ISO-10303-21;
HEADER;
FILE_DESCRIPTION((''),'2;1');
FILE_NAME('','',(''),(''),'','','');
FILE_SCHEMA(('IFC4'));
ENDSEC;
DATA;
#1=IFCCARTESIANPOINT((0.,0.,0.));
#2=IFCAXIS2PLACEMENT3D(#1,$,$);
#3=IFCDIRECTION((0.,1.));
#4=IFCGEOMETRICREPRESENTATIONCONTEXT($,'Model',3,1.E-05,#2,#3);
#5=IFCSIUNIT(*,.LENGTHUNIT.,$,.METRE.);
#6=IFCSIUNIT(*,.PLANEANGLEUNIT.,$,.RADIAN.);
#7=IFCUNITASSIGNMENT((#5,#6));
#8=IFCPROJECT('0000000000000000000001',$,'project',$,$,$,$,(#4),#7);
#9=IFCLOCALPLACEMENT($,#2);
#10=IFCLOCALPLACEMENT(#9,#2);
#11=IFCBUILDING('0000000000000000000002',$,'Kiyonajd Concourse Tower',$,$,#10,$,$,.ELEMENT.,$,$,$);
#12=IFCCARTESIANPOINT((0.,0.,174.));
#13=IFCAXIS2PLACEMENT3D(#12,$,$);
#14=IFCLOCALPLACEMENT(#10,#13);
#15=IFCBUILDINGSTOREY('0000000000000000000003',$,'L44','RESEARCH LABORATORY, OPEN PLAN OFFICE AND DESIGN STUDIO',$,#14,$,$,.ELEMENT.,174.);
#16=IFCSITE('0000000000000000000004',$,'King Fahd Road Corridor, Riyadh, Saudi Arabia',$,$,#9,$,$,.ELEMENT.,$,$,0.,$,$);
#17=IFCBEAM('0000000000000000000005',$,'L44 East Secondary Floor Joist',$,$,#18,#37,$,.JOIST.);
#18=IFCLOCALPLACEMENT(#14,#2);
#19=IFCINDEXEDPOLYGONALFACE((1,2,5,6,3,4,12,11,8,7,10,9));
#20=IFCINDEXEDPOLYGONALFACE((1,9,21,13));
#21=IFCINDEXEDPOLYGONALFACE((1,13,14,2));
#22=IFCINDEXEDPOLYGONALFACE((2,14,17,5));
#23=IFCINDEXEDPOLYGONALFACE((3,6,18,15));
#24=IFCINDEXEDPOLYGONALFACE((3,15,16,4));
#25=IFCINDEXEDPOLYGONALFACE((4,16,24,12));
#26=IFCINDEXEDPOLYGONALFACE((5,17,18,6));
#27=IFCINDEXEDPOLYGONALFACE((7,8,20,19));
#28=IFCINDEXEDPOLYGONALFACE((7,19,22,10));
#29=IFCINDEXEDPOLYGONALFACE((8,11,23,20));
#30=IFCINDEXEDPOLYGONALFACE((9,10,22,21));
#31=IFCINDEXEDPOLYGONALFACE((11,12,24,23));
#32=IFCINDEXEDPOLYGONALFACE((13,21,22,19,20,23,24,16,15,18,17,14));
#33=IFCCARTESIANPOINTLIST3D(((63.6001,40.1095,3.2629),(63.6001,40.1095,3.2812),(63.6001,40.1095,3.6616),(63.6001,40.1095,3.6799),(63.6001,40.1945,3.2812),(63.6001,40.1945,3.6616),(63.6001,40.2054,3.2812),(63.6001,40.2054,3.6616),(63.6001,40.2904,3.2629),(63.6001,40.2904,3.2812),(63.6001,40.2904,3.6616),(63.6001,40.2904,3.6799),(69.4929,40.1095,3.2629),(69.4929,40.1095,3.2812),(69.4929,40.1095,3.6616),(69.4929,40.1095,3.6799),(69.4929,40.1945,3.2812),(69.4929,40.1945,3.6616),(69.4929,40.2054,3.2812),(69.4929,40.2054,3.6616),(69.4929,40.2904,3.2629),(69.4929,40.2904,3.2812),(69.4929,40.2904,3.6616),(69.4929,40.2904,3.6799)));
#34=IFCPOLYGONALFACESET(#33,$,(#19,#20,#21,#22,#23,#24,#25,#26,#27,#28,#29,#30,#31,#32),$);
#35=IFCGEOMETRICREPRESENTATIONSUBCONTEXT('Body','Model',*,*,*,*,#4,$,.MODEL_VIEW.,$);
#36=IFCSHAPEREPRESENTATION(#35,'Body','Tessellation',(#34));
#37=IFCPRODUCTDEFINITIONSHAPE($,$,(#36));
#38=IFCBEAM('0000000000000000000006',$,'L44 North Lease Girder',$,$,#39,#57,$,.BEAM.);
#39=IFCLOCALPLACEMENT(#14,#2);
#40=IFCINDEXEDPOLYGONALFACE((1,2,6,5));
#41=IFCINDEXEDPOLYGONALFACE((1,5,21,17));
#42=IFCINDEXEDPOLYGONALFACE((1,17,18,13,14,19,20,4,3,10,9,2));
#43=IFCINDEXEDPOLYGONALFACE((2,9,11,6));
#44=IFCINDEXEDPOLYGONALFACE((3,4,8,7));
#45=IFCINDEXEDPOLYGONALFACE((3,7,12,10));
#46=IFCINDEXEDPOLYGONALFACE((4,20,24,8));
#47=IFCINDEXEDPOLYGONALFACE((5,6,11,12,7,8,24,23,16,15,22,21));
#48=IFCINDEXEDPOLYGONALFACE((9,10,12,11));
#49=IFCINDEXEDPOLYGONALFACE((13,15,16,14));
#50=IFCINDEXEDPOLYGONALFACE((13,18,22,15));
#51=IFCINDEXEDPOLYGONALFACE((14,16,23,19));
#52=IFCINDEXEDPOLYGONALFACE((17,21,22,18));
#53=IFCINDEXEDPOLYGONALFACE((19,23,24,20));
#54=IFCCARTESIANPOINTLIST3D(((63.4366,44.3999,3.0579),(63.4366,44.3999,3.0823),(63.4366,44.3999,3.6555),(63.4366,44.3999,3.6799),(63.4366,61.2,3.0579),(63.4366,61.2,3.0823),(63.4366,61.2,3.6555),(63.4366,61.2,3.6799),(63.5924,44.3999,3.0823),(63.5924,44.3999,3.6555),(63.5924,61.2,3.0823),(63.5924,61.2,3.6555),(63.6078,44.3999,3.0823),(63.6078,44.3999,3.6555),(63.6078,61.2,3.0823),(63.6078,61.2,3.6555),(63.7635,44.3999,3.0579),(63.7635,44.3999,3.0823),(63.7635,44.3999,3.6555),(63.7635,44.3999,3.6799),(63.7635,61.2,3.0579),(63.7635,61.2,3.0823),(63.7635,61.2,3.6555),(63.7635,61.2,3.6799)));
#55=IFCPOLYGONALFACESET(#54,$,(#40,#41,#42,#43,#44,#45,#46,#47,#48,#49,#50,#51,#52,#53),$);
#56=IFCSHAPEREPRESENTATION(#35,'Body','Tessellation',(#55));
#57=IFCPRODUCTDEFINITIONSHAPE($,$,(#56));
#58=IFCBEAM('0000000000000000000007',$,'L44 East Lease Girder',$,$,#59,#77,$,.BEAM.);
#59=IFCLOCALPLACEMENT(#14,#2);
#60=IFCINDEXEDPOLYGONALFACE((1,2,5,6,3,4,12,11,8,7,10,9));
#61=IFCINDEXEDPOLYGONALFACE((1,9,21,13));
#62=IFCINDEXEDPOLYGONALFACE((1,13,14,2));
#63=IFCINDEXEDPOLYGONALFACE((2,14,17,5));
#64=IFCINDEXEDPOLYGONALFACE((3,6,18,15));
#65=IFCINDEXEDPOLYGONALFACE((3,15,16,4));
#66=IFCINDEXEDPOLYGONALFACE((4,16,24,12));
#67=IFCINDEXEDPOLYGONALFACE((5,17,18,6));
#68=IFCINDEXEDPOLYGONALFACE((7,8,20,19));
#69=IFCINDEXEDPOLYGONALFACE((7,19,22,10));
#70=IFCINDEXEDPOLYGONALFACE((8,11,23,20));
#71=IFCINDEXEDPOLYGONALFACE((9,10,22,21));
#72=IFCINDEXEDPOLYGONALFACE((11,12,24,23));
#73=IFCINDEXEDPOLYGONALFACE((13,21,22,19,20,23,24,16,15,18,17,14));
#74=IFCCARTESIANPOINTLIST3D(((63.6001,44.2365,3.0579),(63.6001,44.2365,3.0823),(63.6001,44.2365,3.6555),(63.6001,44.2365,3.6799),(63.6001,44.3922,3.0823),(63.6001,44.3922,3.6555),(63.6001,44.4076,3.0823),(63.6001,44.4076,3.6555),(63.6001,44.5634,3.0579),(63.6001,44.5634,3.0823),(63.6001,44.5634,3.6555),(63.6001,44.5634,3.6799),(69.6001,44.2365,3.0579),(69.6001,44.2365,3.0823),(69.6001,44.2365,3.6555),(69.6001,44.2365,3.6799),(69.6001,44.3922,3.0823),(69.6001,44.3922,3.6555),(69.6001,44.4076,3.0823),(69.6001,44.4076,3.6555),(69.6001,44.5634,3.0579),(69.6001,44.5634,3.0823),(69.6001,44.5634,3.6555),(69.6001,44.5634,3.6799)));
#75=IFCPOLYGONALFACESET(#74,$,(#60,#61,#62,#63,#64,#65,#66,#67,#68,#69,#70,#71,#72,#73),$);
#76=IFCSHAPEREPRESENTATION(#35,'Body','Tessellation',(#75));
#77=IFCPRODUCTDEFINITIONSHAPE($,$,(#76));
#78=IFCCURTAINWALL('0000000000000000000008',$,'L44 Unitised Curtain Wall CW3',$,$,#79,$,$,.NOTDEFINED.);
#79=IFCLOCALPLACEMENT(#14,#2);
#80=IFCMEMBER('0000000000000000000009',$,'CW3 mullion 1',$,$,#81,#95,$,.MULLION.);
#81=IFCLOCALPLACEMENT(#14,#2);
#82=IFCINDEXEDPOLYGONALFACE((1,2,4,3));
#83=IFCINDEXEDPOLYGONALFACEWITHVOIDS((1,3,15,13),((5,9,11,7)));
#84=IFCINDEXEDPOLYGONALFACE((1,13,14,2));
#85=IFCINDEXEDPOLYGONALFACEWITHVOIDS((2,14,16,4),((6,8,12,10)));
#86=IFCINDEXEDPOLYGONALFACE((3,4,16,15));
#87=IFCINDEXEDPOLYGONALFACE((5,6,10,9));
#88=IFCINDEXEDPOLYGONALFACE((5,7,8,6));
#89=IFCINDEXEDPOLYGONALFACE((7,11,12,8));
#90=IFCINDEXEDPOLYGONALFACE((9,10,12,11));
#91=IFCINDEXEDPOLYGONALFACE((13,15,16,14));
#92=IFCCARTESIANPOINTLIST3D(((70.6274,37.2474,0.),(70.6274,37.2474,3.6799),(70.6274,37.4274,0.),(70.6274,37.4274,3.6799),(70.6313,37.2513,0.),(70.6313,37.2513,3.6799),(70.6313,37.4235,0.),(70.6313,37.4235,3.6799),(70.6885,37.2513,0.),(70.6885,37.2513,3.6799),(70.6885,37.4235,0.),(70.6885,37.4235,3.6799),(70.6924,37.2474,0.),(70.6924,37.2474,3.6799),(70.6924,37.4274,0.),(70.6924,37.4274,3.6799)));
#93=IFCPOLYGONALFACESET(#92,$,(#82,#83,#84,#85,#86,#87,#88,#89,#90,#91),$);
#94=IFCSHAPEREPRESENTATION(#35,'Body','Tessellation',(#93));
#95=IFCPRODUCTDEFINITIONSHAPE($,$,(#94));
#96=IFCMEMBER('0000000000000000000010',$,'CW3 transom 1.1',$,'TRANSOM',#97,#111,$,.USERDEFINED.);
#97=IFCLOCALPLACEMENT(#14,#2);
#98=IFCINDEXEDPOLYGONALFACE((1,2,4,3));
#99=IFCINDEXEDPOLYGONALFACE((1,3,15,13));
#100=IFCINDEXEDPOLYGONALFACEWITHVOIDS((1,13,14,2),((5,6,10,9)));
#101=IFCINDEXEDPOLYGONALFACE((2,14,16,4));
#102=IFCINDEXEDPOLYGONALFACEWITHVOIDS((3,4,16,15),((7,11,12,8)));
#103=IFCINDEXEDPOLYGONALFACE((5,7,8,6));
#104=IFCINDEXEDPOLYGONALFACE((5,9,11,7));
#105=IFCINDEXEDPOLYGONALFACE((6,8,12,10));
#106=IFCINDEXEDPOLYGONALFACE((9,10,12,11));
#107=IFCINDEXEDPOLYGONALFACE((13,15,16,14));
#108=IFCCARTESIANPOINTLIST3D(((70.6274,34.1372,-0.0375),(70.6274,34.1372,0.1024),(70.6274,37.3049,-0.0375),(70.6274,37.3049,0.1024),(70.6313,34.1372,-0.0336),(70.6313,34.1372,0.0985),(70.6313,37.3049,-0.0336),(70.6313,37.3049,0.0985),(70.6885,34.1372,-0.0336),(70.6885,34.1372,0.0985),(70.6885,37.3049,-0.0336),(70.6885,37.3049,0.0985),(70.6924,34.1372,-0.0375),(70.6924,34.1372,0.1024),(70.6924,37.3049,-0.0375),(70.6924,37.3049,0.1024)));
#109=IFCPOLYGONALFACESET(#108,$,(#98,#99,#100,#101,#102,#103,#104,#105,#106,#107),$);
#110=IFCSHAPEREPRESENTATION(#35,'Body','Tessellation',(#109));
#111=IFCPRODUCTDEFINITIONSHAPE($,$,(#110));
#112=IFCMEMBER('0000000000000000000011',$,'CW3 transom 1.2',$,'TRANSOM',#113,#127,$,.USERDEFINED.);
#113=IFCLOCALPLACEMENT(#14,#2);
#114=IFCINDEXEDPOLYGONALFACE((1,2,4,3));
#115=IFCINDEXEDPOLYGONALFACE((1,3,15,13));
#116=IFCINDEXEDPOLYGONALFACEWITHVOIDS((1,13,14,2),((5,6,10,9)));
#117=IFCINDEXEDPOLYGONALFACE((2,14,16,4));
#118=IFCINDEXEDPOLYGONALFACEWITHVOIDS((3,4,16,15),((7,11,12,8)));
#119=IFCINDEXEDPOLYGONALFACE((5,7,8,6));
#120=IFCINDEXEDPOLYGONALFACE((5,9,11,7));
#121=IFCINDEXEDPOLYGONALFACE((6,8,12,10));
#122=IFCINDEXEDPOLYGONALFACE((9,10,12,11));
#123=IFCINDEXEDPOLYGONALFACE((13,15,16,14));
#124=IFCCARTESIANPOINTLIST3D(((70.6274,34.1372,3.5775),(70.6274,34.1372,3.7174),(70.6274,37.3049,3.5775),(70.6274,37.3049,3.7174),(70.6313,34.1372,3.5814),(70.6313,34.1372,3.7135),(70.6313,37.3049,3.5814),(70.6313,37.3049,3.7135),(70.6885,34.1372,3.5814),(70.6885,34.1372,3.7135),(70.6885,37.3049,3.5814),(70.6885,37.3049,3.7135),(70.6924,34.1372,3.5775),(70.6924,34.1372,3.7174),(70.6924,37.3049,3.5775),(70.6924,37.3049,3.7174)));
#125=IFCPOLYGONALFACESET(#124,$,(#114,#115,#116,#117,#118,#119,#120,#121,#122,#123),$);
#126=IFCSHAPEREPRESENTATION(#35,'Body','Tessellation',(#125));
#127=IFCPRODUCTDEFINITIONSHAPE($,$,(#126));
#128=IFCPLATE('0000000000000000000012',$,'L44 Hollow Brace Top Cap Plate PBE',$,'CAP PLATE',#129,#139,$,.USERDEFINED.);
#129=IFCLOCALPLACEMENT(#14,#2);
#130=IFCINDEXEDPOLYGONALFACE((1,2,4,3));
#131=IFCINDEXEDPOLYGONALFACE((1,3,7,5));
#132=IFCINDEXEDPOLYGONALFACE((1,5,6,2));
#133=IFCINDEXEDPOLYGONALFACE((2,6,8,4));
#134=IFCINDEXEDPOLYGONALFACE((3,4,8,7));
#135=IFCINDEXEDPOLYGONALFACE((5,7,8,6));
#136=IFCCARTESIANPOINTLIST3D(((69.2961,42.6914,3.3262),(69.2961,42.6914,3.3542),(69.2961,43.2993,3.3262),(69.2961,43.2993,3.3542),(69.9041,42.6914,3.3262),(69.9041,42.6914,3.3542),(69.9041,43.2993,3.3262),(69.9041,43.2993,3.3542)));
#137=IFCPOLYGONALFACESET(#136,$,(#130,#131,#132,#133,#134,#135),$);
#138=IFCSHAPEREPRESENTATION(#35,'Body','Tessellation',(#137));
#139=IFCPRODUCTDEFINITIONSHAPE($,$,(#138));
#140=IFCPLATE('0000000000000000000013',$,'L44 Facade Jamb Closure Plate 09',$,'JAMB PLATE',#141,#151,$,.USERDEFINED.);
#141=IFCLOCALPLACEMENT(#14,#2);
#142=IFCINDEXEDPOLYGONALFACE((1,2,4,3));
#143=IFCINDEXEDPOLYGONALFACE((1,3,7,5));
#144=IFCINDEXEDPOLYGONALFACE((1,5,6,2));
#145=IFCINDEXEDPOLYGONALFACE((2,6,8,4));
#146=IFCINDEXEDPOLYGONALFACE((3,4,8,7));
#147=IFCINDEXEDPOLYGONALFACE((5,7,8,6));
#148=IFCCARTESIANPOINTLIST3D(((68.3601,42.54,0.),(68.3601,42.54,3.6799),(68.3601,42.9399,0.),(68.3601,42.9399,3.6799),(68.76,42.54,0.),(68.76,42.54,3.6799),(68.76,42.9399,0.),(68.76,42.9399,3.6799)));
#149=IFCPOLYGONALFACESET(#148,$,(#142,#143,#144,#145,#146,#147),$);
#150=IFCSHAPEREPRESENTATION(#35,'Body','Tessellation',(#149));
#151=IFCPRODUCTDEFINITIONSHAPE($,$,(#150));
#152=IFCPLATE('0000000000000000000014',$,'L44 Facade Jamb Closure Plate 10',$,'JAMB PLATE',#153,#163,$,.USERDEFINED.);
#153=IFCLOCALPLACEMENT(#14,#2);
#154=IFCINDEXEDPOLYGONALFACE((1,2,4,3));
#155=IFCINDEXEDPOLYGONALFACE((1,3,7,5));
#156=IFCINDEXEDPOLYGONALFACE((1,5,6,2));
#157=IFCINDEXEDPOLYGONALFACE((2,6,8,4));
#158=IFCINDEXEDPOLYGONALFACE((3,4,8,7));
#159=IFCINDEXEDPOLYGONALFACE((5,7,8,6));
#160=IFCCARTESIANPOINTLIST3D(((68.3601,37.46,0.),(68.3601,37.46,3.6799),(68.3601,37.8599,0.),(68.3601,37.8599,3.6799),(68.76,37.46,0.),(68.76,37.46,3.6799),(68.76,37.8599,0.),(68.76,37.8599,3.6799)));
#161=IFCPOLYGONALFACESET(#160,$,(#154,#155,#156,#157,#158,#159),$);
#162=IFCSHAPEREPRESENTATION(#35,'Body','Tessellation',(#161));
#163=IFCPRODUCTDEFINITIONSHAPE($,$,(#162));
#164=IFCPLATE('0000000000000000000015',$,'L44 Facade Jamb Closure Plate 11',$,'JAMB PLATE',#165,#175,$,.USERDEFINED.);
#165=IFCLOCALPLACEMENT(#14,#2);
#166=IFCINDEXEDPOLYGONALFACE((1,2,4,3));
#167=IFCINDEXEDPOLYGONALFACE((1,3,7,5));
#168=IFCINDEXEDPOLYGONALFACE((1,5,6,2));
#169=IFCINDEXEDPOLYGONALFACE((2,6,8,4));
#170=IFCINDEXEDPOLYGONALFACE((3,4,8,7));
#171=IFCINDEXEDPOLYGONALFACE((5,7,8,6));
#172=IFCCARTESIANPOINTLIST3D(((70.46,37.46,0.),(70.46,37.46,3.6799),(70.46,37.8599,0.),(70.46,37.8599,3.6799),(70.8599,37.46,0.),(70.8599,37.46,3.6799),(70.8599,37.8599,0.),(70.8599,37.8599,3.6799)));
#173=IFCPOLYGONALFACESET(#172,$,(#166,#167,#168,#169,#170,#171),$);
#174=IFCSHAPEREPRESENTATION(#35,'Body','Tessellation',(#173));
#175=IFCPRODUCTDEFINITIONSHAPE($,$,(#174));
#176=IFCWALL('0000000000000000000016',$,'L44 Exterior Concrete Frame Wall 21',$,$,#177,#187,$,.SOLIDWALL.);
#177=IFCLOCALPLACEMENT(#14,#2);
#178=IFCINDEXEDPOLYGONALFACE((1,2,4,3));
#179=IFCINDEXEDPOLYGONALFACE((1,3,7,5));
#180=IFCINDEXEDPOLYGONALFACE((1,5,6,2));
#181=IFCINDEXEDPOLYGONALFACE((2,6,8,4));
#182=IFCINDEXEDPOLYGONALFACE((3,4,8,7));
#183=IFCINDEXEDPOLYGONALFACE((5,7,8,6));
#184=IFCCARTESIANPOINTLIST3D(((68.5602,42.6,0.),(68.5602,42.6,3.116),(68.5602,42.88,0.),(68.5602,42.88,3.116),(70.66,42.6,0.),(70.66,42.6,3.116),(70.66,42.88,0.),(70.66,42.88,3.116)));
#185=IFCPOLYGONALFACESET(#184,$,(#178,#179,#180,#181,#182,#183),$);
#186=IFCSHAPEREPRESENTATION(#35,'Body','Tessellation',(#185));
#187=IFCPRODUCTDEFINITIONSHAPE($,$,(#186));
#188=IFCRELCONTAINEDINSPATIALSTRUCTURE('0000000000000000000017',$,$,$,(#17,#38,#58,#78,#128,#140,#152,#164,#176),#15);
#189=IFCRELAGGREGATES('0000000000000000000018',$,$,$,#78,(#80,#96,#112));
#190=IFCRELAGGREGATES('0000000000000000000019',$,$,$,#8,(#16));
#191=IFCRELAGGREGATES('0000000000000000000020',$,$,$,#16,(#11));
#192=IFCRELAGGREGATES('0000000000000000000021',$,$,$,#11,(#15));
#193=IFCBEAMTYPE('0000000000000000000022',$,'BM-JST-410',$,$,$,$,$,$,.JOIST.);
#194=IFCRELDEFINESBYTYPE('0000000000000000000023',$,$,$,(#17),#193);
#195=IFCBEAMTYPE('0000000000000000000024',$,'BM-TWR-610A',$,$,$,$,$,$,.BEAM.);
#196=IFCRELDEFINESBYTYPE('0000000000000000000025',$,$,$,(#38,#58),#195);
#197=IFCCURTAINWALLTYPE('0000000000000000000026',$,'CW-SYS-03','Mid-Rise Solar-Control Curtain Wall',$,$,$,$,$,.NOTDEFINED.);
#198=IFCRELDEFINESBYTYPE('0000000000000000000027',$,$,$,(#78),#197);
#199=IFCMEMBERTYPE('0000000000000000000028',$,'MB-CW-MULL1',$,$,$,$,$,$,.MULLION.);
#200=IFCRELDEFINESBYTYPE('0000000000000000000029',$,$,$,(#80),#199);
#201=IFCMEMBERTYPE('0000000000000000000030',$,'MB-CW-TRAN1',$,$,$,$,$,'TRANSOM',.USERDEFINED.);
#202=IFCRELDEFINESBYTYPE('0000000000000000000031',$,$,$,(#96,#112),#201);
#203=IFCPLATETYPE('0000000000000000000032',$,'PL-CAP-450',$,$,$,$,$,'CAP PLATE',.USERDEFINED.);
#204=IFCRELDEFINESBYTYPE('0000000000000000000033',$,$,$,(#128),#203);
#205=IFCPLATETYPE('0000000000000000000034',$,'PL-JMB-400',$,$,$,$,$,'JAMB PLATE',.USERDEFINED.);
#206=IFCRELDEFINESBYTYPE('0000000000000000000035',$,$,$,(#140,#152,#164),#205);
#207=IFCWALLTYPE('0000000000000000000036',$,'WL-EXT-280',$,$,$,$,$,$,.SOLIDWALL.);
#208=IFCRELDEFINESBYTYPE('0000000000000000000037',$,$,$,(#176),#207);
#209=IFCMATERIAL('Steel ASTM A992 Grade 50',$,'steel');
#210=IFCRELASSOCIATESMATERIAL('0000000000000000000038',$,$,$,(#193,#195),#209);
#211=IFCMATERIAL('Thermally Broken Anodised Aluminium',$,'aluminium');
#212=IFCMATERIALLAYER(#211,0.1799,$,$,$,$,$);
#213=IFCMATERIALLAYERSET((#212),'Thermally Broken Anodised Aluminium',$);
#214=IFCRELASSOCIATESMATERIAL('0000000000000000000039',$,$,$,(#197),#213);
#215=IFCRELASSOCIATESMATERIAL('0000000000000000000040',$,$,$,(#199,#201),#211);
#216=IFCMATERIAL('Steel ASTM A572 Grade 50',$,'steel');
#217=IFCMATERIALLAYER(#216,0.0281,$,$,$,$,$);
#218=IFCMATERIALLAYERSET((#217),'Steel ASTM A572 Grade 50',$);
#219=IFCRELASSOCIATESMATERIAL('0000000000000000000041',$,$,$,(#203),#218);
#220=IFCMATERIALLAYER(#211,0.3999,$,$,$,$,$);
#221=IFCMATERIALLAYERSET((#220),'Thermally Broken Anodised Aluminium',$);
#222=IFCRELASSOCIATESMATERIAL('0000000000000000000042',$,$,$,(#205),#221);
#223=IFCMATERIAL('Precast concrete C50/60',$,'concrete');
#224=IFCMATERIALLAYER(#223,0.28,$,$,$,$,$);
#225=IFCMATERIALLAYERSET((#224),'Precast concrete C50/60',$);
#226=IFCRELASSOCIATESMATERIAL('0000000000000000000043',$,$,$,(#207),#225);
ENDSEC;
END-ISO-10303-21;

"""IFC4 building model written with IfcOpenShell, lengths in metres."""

from ifc_helpers import new_model, si_unit, direction, frame, frame_2d, origin, origin_2d, place, context, subcontext, project, spatial, rectangle, hollow_rectangle, i_section, extrude, material, layer, layer_set, material_profile, profile_set, type_object, element, aggregate, save


model = new_model("IFC4")

# Units and contexts
model_context = context("Model", 3, precision=1e-05, world=origin(), true_north=direction((0.0, 1.0)))
body_context = subcontext(model_context, "Body", "Model", "MODEL_VIEW")
ifc_project = project(units=[si_unit("LENGTHUNIT", "METRE"), si_unit("PLANEANGLEUNIT", "RADIAN")], contexts=[model_context])

# Site, building, storey
site_placement = place(None, origin())
site = spatial("IfcSite", under=ifc_project, at=site_placement, Name="King Fahd Road Corridor, Riyadh, Saudi Arabia", CompositionType="ELEMENT", RefElevation=0.0)
building_placement = place(site_placement, origin())
building = spatial("IfcBuilding", under=site, at=building_placement, Name="Kiyonajd Concourse Tower", CompositionType="ELEMENT")
storey_placement = place(building_placement, frame((0.0, 0.0, 174.0)))
storey = spatial("IfcBuildingStorey", under=building, at=storey_placement, Name="L44", Description="RESEARCH LABORATORY, OPEN PLAN OFFICE AND DESIGN STUDIO", CompositionType="ELEMENT", Elevation=174.0)

# Beams
ifc_material_1 = material(Name="Steel ASTM A992 Grade 50", Category="steel")
ifc_material_profile_1 = material_profile(ifc_material_1, i_section(OverallWidth=0.1809, OverallDepth=0.417, WebThickness=0.011, FlangeThickness=0.0183, at=origin_2d()), Name="W410X85")
ifc_profile_set_1 = profile_set([ifc_material_profile_1], Name="Steel ASTM A992 Grade 50")
beam_type_1 = type_object("IfcBeamType", Name="BM-JST-410", PredefinedType="JOIST", material=ifc_profile_set_1)
beam_1_placement = place(storey_placement, frame((63.6001, 40.2, 3.4714), z_axis=(1.0, 0.0, 0.0), x_axis=(0.0, 1.0, 0.0)))
element("IfcBeam", 1, at=beam_1_placement, inside=storey, type_object=beam_type_1, Name="L44 East Secondary Floor Joist", PredefinedType="JOIST", context=body_context, shape_type="SweptSolid", body=[
    extrude(i_section(OverallWidth=0.1809, OverallDepth=0.417, WebThickness=0.011, FlangeThickness=0.0183, at=origin_2d()), origin(), (0.0, 0.0, 1.0), 5.8928),
])
ifc_material_profile_2 = material_profile(ifc_material_1, i_section(OverallWidth=0.3269, OverallDepth=0.6221, WebThickness=0.0154, FlangeThickness=0.0244, at=origin_2d()), Name="W610X195")
ifc_profile_set_2 = profile_set([ifc_material_profile_2], Name="Steel ASTM A992 Grade 50")
beam_type_2 = type_object("IfcBeamType", Name="BM-TWR-610A", PredefinedType="BEAM", material=ifc_profile_set_2)
beam_2_placement = place(storey_placement, frame((63.6001, 44.3999, 3.3689), z_axis=(0.0, 1.0, 0.0), x_axis=(-1.0, 0.0, 0.0)))
element("IfcBeam", 2, at=beam_2_placement, inside=storey, type_object=beam_type_2, Name="L44 North Lease Girder", PredefinedType="BEAM", context=body_context, shape_type="SweptSolid", body=[
    extrude(i_section(OverallWidth=0.3269, OverallDepth=0.6221, WebThickness=0.0154, FlangeThickness=0.0244, at=origin_2d()), origin(), (0.0, 0.0, 1.0), 16.8),
])
beam_3_placement = place(storey_placement, frame((63.6001, 44.3999, 3.3689), z_axis=(1.0, 0.0, 0.0), x_axis=(0.0, 1.0, 0.0)))
element("IfcBeam", 3, at=beam_3_placement, inside=storey, type_object=beam_type_2, Name="L44 East Lease Girder", PredefinedType="BEAM", context=body_context, shape_type="SweptSolid", body=[
    extrude(i_section(OverallWidth=0.3269, OverallDepth=0.6221, WebThickness=0.0154, FlangeThickness=0.0244, at=origin_2d()), origin(), (0.0, 0.0, 1.0), 6.0),
])

# Curtain wall, members
ifc_material_2 = material(Name="Thermally Broken Anodised Aluminium", Category="aluminium")
ifc_layer_1 = layer(ifc_material_2, 0.1799)
ifc_layer_set_1 = layer_set([ifc_layer_1], Name="Thermally Broken Anodised Aluminium")
curtain_wall_type = type_object("IfcCurtainWallType", Name="CW-SYS-03", Description="Mid-Rise Solar-Control Curtain Wall", PredefinedType="NOTDEFINED", material=ifc_layer_set_1)
curtain_wall_placement = place(storey_placement, origin())
curtain_wall = element("IfcCurtainWall", 4, at=curtain_wall_placement, inside=storey, type_object=curtain_wall_type, Name="L44 Unitised Curtain Wall CW3", PredefinedType="NOTDEFINED")
ifc_material_profile_3 = material_profile(ifc_material_2, hollow_rectangle(XDim=0.0649, YDim=0.1799, WallThickness=0.0039, at=origin_2d()), Name="MULL-65x180")
ifc_profile_set_3 = profile_set([ifc_material_profile_3], Name="Thermally Broken Anodised Aluminium")
member_type_1 = type_object("IfcMemberType", Name="MB-CW-MULL1", PredefinedType="MULLION", material=ifc_profile_set_3)
member_1_placement = place(storey_placement, frame((70.6599, 37.3374, 0.0), z_axis=(0.0, 0.0, 1.0), x_axis=(1.0, 0.0, 0.0)))
member_1 = element("IfcMember", 5, at=member_1_placement, type_object=member_type_1, Name="CW3 mullion 1", PredefinedType="MULLION", context=body_context, shape_type="SweptSolid", body=[
    extrude(hollow_rectangle(XDim=0.0649, YDim=0.1799, WallThickness=0.0039, at=origin_2d()), origin(), (0.0, 0.0, 1.0), 3.6799),
])
ifc_material_profile_4 = material_profile(ifc_material_2, hollow_rectangle(XDim=0.0649, YDim=0.1399, WallThickness=0.0039, at=origin_2d()), Name="TRAN-65x140")
ifc_profile_set_4 = profile_set([ifc_material_profile_4], Name="Thermally Broken Anodised Aluminium")
member_type_2 = type_object("IfcMemberType", Name="MB-CW-TRAN1", ElementType="TRANSOM", PredefinedType="USERDEFINED", material=ifc_profile_set_4)
member_2_placement = place(storey_placement, frame((70.6599, 37.3049, 0.0325), z_axis=(0.0, -1.0, 0.0), x_axis=(1.0, 0.0, 0.0)))
member_2 = element("IfcMember", 6, at=member_2_placement, type_object=member_type_2, Name="CW3 transom 1.1", ObjectType="TRANSOM", PredefinedType="USERDEFINED", context=body_context, shape_type="SweptSolid", body=[
    extrude(hollow_rectangle(XDim=0.0649, YDim=0.1399, WallThickness=0.0039, at=origin_2d()), origin(), (0.0, 0.0, 1.0), 3.1677),
])
member_3_placement = place(storey_placement, frame((70.6599, 37.3049, 3.6475), z_axis=(0.0, -1.0, 0.0), x_axis=(1.0, 0.0, 0.0)))
member_3 = element("IfcMember", 7, at=member_3_placement, type_object=member_type_2, Name="CW3 transom 1.2", ObjectType="TRANSOM", PredefinedType="USERDEFINED", context=body_context, shape_type="SweptSolid", body=[
    extrude(hollow_rectangle(XDim=0.0649, YDim=0.1399, WallThickness=0.0039, at=origin_2d()), origin(), (0.0, 0.0, 1.0), 3.1677),
])
aggregate(curtain_wall, [member_1, member_2, member_3])

# Plates
ifc_material_3 = material(Name="Steel ASTM A572 Grade 50", Category="steel")
ifc_layer_2 = layer(ifc_material_3, 0.0281)
ifc_layer_set_2 = layer_set([ifc_layer_2], Name="Steel ASTM A572 Grade 50")
plate_type_1 = type_object("IfcPlateType", Name="PL-CAP-450", ElementType="CAP PLATE", PredefinedType="USERDEFINED", material=ifc_layer_set_2)
plate_placement = place(storey_placement, frame((69.6001, 42.9954, 3.3262), z_axis=(0.0, 0.0, 1.0), x_axis=(1.0, 0.0, 0.0)))
element("IfcPlate", 8, at=plate_placement, inside=storey, type_object=plate_type_1, Name="L44 Hollow Brace Top Cap Plate PBE", ObjectType="CAP PLATE", PredefinedType="USERDEFINED", context=body_context, shape_type="SweptSolid", body=[
    extrude(rectangle(XDim=0.6079, YDim=0.6079, at=origin_2d()), origin(), (0.0, 0.0, 1.0), 0.0281),
])
ifc_layer_3 = layer(ifc_material_2, 0.3999)
ifc_layer_set_3 = layer_set([ifc_layer_3], Name="Thermally Broken Anodised Aluminium")
plate_type_2 = type_object("IfcPlateType", Name="PL-JMB-400", ElementType="JAMB PLATE", PredefinedType="USERDEFINED", material=ifc_layer_set_3)
for number, where, z_axis, x_axis, name in (
    (9, (68.5601, 42.74, 0.0), (0.0, 0.0, 1.0), (1.0, 0.0, 0.0), "L44 Facade Jamb Closure Plate 09"),
    (10, (68.5601, 37.6599, 0.0), (0.0, 0.0, 1.0), (1.0, 0.0, 0.0), "L44 Facade Jamb Closure Plate 10"),
    (11, (70.6599, 37.6599, 0.0), (0.0, 0.0, 1.0), (1.0, 0.0, 0.0), "L44 Facade Jamb Closure Plate 11"),
):
    element("IfcPlate", number, at=place(storey_placement, frame(where, z_axis=z_axis, x_axis=x_axis)), inside=storey, type_object=plate_type_2, Name=name, ObjectType="JAMB PLATE", PredefinedType="USERDEFINED", context=body_context, shape_type="SweptSolid", body=[
        extrude(rectangle(XDim=0.3999, YDim=0.3999, at=origin_2d()), origin(), (0.0, 0.0, 1.0), 3.6799),
    ])

# Wall
ifc_material_4 = material(Name="Precast concrete C50/60", Category="concrete")
ifc_layer_4 = layer(ifc_material_4, 0.28)
ifc_layer_set_4 = layer_set([ifc_layer_4], Name="Precast concrete C50/60")
wall_type_1 = type_object("IfcWallType", Name="WL-EXT-280", PredefinedType="SOLIDWALL", material=ifc_layer_set_4)
for number, where, z_axis, x_axis, name in (
    (12, (70.6599, 42.74, 0.0), (0.0, 0.0, 1.0), (-1.0, 0.0, 0.0), "L44 Exterior Concrete Frame Wall 21"),
):
    element("IfcWall", number, at=place(storey_placement, frame(where, z_axis=z_axis, x_axis=x_axis)), inside=storey, type_object=wall_type_1, Name=name, PredefinedType="SOLIDWALL", context=body_context, shape_type="SweptSolid", body=[
        extrude(rectangle(XDim=2.0999, YDim=0.28, at=frame_2d((1.0498, 0.0))), origin(), (0.0, 0.0, 1.0), 3.116),
    ])

save(model, "model.ifc")
